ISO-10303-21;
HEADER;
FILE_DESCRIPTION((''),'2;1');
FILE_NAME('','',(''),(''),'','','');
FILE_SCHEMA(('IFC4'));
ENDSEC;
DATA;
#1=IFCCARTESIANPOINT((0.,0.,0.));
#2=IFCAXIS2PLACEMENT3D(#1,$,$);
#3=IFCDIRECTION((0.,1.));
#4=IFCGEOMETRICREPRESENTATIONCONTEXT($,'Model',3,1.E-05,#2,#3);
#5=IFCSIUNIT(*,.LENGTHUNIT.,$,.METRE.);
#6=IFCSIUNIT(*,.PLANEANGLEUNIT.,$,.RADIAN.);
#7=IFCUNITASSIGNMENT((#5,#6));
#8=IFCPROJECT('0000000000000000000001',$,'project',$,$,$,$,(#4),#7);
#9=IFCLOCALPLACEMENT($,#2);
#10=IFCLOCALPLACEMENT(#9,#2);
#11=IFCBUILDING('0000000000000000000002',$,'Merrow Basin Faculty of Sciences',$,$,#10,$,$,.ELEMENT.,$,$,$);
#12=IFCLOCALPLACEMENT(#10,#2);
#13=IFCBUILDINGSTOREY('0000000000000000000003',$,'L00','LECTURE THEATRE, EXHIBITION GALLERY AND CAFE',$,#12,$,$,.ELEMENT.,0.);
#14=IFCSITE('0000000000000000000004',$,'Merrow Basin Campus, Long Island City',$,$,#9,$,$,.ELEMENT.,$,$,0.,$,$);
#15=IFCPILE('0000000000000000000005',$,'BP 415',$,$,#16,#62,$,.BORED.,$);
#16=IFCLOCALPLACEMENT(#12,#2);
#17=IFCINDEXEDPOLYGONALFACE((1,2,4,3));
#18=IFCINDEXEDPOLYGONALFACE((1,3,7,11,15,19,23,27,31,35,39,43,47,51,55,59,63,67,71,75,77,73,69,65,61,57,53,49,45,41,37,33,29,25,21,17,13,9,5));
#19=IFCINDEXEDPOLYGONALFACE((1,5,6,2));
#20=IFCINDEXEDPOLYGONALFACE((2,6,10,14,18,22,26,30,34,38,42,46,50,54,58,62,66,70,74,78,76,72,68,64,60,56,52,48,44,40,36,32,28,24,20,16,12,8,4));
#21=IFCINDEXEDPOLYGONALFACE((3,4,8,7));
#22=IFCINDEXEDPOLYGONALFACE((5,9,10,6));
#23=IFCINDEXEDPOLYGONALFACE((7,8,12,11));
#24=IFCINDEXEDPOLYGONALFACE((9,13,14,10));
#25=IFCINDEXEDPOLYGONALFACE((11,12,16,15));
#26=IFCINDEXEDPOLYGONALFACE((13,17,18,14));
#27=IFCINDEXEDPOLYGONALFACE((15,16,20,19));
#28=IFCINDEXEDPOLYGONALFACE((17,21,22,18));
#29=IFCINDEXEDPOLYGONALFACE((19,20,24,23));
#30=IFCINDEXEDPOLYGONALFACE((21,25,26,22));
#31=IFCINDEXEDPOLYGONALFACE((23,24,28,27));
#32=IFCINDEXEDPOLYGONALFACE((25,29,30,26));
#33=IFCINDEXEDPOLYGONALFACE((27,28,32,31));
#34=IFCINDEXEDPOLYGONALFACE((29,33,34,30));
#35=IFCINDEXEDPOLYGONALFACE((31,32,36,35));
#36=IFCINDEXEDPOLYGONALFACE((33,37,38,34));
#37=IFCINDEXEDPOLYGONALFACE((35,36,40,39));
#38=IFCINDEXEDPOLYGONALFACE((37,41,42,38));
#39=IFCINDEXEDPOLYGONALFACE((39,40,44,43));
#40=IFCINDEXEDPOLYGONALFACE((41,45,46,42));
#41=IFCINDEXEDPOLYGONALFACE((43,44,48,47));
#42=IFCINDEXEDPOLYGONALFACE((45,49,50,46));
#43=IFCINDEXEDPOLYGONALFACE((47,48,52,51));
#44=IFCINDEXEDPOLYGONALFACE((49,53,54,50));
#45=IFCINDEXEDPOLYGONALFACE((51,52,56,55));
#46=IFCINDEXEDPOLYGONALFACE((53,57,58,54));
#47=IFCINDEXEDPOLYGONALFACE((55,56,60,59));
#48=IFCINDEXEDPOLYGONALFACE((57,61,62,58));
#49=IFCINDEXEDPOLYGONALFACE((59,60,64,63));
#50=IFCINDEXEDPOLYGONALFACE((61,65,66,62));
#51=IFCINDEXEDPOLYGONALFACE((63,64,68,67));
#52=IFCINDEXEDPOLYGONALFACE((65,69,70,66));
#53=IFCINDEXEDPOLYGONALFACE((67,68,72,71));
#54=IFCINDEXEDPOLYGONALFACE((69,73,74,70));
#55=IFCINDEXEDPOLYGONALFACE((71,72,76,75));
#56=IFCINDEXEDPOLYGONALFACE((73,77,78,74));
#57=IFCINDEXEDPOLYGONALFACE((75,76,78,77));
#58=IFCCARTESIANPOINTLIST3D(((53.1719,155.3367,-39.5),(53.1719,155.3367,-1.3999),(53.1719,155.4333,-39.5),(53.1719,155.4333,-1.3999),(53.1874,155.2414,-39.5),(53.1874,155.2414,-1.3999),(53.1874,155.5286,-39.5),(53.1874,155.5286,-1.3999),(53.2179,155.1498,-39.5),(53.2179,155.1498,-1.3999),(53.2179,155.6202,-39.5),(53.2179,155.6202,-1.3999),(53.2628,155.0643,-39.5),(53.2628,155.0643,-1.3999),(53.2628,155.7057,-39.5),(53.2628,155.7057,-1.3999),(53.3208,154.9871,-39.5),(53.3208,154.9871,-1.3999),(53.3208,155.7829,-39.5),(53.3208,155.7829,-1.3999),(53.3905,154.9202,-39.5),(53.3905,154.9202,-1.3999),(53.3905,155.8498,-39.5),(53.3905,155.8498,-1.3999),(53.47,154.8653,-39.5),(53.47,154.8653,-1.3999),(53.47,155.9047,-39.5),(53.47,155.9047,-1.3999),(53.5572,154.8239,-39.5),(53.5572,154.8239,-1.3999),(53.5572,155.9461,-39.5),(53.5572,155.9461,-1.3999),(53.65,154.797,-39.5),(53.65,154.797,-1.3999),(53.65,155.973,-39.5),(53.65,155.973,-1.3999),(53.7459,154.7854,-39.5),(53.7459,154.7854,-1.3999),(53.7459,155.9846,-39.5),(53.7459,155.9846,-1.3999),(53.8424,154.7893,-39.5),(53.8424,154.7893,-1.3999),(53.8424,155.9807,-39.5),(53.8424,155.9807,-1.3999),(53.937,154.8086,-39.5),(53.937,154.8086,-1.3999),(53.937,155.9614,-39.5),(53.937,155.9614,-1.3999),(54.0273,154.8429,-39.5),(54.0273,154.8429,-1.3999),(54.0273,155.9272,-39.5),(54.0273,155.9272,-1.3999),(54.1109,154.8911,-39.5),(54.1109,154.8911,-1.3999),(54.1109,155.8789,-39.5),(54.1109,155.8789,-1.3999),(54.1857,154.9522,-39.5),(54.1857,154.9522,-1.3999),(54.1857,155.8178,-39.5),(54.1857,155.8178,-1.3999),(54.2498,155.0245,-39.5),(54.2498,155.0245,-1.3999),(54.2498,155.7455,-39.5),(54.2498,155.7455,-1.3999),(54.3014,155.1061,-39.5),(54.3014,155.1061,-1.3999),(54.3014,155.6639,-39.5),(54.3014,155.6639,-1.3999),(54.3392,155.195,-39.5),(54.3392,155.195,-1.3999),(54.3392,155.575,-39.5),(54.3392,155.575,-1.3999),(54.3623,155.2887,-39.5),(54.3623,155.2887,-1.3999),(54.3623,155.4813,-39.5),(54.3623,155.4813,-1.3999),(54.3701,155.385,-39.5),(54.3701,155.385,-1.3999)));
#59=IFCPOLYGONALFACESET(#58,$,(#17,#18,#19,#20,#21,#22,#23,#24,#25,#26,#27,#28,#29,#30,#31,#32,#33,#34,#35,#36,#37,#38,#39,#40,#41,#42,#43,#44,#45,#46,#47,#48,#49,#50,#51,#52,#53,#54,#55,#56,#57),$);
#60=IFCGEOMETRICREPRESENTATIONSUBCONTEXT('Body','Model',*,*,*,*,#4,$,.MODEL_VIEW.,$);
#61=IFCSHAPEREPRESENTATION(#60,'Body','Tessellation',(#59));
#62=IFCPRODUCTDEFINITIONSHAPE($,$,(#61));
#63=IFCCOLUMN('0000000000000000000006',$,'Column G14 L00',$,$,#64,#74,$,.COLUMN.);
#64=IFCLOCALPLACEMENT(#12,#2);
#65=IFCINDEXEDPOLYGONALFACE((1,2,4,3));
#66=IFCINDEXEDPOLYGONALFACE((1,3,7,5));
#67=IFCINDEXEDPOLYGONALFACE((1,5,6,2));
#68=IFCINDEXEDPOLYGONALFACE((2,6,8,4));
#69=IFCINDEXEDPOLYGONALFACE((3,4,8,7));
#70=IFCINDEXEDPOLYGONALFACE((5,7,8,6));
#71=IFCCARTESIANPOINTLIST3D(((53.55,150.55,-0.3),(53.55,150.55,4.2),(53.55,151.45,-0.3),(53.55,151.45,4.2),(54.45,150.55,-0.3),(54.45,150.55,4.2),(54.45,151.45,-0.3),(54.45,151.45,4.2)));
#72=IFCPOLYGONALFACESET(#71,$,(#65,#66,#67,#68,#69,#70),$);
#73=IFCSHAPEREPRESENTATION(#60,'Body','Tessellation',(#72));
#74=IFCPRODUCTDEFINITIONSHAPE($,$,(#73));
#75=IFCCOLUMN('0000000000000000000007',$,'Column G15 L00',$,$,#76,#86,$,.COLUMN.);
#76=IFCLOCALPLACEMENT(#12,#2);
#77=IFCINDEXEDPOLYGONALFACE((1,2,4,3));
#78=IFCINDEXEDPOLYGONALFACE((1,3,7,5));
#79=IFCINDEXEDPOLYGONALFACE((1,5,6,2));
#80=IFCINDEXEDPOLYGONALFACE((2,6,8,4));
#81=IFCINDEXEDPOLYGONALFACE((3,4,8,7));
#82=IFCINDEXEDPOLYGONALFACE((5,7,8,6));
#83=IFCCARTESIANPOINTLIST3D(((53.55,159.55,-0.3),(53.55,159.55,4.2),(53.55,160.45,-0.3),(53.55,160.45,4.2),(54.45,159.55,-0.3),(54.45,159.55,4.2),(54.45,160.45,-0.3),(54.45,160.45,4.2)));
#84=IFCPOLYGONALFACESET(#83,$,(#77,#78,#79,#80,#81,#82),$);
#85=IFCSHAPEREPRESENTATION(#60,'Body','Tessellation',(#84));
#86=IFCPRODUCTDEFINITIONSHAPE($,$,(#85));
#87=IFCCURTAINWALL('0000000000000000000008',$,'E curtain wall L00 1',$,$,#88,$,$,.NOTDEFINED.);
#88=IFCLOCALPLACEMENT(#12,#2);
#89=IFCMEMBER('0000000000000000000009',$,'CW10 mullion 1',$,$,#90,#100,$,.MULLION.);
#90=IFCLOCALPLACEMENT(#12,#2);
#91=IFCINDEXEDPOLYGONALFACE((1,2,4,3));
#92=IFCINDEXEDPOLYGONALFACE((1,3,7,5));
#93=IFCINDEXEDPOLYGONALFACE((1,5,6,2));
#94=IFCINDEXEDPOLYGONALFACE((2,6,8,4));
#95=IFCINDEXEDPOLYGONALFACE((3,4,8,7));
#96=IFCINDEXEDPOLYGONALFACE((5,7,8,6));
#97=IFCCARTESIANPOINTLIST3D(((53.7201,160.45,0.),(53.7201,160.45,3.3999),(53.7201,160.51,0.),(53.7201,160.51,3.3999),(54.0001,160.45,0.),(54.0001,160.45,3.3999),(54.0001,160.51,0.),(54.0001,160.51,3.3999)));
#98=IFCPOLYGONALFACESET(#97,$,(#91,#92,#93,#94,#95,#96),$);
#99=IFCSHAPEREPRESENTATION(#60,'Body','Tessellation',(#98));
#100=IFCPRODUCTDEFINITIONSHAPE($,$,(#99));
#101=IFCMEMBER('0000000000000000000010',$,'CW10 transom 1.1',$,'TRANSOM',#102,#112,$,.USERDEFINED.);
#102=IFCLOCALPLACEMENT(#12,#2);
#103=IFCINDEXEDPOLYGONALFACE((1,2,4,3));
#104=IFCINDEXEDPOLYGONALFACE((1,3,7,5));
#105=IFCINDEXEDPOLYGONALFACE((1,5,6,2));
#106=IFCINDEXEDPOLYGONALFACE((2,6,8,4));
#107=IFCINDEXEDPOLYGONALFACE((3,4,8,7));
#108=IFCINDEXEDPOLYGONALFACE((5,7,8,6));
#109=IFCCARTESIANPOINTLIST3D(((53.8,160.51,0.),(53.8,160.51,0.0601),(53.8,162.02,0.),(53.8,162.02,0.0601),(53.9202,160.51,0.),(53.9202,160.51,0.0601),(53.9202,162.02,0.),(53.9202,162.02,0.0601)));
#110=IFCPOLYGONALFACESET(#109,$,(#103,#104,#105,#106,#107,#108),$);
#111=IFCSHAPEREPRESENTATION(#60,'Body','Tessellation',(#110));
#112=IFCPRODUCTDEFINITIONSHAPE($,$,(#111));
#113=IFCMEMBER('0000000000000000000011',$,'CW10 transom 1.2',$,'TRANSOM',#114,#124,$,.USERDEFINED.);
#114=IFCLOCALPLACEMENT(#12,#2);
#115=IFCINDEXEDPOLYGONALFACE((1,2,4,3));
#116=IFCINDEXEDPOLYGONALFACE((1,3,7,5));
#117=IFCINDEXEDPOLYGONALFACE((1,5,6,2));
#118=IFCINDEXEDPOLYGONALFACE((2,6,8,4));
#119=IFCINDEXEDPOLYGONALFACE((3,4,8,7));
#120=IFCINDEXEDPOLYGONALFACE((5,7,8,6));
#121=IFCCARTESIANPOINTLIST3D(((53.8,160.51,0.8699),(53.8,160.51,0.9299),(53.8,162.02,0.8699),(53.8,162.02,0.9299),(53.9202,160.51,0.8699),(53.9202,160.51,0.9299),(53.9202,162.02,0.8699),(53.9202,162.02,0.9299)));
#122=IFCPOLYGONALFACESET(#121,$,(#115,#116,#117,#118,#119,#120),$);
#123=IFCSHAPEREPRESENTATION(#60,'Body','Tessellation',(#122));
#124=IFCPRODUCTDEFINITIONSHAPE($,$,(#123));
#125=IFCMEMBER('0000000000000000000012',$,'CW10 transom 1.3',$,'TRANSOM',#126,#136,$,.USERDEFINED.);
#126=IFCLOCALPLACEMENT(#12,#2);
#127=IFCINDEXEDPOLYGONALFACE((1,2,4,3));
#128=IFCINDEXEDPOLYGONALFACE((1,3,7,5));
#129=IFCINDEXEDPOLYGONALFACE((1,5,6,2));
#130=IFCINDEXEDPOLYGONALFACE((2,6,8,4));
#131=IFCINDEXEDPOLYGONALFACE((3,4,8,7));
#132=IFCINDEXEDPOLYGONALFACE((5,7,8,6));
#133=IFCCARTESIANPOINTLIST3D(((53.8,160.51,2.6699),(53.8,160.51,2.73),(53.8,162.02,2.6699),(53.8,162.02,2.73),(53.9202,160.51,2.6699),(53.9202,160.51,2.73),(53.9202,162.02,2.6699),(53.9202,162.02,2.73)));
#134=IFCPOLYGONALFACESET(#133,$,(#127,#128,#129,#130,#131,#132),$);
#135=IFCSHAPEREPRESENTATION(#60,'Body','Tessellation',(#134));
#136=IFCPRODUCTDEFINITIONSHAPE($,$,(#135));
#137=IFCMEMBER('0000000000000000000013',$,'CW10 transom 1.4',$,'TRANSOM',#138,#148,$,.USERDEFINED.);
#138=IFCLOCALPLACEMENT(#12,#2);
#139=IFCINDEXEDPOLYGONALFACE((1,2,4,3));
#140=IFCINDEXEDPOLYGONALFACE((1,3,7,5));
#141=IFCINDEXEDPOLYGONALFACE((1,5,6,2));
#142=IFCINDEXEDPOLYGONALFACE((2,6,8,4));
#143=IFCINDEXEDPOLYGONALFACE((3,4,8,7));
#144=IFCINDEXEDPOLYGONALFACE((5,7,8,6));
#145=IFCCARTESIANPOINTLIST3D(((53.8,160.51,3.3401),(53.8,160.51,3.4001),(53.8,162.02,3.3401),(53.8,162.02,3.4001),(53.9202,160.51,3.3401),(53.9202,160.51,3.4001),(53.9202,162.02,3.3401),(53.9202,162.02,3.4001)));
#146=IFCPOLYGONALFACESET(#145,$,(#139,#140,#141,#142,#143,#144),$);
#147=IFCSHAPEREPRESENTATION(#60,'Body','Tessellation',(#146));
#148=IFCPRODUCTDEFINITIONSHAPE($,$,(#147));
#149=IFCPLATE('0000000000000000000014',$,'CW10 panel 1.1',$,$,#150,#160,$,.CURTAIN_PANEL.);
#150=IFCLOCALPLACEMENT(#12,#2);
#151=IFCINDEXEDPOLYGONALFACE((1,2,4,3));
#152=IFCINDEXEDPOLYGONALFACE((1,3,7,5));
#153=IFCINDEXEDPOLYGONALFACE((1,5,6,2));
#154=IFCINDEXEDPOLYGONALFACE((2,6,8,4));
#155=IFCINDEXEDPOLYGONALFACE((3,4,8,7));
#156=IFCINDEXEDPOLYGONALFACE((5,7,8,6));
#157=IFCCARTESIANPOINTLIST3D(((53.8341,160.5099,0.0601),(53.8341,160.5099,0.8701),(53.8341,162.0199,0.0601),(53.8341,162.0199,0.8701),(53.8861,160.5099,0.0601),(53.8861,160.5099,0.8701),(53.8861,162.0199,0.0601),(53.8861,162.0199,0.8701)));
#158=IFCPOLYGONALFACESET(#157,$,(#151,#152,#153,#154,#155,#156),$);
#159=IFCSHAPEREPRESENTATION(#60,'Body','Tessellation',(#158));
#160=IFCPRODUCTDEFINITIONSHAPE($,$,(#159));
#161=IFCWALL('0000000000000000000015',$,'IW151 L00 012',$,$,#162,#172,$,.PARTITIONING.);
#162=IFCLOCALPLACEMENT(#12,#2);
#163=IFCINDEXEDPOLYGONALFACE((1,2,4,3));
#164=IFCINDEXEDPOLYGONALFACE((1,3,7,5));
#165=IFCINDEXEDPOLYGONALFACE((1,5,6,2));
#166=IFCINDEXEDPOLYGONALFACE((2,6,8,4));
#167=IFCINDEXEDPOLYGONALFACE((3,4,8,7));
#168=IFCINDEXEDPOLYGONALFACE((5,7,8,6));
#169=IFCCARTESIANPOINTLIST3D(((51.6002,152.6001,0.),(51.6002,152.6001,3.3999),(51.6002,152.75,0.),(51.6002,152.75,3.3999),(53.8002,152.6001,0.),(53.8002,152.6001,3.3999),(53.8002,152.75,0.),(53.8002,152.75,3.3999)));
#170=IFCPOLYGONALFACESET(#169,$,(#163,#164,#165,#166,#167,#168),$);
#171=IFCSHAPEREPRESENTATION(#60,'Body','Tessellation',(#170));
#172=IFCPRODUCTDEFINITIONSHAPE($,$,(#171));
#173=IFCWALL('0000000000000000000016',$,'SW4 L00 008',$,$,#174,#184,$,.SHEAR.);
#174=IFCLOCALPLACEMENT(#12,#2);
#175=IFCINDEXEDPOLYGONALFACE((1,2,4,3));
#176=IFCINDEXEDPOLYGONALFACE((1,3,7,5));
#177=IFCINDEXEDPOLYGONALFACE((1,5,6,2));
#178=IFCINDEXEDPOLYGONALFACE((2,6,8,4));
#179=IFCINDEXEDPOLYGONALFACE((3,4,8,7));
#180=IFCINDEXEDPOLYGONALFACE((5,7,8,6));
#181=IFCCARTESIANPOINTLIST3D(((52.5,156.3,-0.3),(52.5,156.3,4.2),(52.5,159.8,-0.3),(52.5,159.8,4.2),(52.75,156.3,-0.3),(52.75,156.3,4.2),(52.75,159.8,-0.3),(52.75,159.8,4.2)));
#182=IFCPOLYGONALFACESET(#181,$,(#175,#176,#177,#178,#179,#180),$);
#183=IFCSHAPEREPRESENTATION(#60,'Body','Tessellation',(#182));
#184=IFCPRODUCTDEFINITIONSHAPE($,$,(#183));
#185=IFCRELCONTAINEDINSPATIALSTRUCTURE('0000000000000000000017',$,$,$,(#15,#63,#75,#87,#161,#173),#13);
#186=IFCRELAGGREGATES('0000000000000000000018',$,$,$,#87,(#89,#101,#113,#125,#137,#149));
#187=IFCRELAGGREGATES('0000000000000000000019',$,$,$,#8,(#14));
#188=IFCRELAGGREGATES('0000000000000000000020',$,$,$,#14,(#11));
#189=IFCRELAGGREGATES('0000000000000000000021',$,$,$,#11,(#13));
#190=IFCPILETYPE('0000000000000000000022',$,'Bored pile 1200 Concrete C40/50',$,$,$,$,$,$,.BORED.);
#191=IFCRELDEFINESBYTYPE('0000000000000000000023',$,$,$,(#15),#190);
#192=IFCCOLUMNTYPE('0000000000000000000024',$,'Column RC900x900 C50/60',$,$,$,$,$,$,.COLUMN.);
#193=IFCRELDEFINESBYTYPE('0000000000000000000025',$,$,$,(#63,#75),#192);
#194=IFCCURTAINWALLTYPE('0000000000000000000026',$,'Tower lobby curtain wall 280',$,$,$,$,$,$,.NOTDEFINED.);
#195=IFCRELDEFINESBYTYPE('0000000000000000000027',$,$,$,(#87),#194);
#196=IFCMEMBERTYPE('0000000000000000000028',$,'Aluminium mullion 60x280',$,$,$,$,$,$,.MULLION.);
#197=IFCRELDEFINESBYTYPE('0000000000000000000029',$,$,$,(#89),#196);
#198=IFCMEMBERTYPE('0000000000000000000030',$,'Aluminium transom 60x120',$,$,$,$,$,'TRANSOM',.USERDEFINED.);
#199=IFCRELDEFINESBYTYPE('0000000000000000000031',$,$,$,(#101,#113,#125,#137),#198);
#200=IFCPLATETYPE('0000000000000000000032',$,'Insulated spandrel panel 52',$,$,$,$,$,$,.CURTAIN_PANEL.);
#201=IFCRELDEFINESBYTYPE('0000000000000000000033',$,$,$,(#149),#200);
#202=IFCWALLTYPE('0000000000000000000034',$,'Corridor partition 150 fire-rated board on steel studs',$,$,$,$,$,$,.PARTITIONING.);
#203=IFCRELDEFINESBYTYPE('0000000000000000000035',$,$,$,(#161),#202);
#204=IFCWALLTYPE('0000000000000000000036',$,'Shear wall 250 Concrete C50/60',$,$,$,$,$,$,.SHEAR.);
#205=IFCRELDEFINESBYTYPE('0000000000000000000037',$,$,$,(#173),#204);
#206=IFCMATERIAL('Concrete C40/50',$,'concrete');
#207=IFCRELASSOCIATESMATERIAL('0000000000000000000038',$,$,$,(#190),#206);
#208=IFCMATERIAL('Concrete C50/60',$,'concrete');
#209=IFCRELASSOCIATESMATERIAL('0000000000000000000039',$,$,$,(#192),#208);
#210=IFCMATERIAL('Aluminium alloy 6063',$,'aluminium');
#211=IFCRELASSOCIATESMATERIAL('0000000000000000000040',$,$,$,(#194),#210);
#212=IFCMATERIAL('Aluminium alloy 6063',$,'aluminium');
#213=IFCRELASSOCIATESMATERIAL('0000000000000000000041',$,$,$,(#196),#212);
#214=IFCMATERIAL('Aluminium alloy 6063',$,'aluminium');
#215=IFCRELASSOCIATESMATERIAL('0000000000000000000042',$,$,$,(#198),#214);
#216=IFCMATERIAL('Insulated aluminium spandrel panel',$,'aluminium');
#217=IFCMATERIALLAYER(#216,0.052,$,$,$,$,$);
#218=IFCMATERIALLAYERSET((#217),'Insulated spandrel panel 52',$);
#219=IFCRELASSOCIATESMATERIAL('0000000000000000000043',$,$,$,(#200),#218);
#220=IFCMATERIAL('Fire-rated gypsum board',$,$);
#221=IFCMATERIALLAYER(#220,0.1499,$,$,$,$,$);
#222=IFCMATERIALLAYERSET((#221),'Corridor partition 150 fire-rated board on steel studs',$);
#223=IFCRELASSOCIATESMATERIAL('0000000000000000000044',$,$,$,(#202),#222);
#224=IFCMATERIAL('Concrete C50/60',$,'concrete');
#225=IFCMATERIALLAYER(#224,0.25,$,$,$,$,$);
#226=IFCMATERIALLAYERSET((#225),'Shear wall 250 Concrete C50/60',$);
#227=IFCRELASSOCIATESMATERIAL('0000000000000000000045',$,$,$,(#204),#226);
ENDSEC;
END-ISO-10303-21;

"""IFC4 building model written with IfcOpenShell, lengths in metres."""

from ifc_helpers import new_model, si_unit, direction, frame, frame_2d, origin, origin_2d, place, context, subcontext, project, spatial, rectangle, circle, extrude, material, layer, layer_set, material_profile, profile_set, type_object, element, aggregate, save


model = new_model("IFC4")

# Units and contexts
model_context = context("Model", 3, precision=1e-05, world=origin(), true_north=direction((0.0, 1.0)))
body_context = subcontext(model_context, "Body", "Model", "MODEL_VIEW")
ifc_project = project(units=[si_unit("LENGTHUNIT", "METRE"), si_unit("PLANEANGLEUNIT", "RADIAN")], contexts=[model_context])

# Site, building, storey
site_placement = place(None, origin())
site = spatial("IfcSite", under=ifc_project, at=site_placement, Name="Merrow Basin Campus, Long Island City", CompositionType="ELEMENT", RefElevation=0.0)
building_placement = place(site_placement, origin())
building = spatial("IfcBuilding", under=site, at=building_placement, Name="Merrow Basin Faculty of Sciences", CompositionType="ELEMENT")
storey_placement = place(building_placement, origin())
storey = spatial("IfcBuildingStorey", under=building, at=storey_placement, Name="L00", Description="LECTURE THEATRE, EXHIBITION GALLERY AND CAFE", CompositionType="ELEMENT", Elevation=0.0)

# Pile
ifc_material_1 = material(Name="Concrete C40/50", Category="concrete")
ifc_material_profile_1 = material_profile(ifc_material_1, circle(Radius=0.6001, at=origin_2d()))
ifc_profile_set_1 = profile_set([ifc_material_profile_1], Name="Concrete C40/50")
pile_type_1 = type_object("IfcPileType", Name="Bored pile 1200 Concrete C40/50", PredefinedType="BORED", material=ifc_profile_set_1)
pile_placement = place(storey_placement, frame((53.77, 155.385, -1.3999), z_axis=(0.0, 0.0, -1.0), x_axis=(1.0, 0.0, 0.0)))
element("IfcPile", 1, at=pile_placement, inside=storey, type_object=pile_type_1, Name="BP 415", PredefinedType="BORED", context=body_context, shape_type="SweptSolid", body=[
    extrude(circle(Radius=0.6001, at=origin_2d()), origin(), (0.0, 0.0, 1.0), 38.1001),
])

# Columns
ifc_material_2 = material(Name="Concrete C50/60", Category="concrete")
ifc_material_profile_2 = material_profile(ifc_material_2, rectangle(XDim=0.8999, YDim=0.8999, at=origin_2d()))
ifc_profile_set_2 = profile_set([ifc_material_profile_2], Name="Concrete C50/60")
column_type = type_object("IfcColumnType", Name="Column RC900x900 C50/60", PredefinedType="COLUMN", material=ifc_profile_set_2)
for number, where, z_axis, x_axis, name in (
    (2, (54.0, 151.0, -0.3), (0.0, 0.0, 1.0), (1.0, 0.0, 0.0), "Column G14 L00"),
    (3, (54.0, 160.0, -0.3), (0.0, 0.0, 1.0), (1.0, 0.0, 0.0), "Column G15 L00"),
):
    element("IfcColumn", number, at=place(storey_placement, frame(where, z_axis=z_axis, x_axis=x_axis)), inside=storey, type_object=column_type, Name=name, PredefinedType="COLUMN", context=body_context, shape_type="SweptSolid", body=[
        extrude(rectangle(XDim=0.8999, YDim=0.8999, at=origin_2d()), origin(), (0.0, 0.0, 1.0), 4.5),
    ])

# Curtain wall, members, plate
ifc_material_3 = material(Name="Aluminium alloy 6063", Category="aluminium")
curtain_wall_type = type_object("IfcCurtainWallType", Name="Tower lobby curtain wall 280", PredefinedType="NOTDEFINED", material=ifc_material_3)
curtain_wall_placement = place(storey_placement, origin())
curtain_wall = element("IfcCurtainWall", 4, at=curtain_wall_placement, inside=storey, type_object=curtain_wall_type, Name="E curtain wall L00 1", PredefinedType="NOTDEFINED")
ifc_material_4 = material(Name="Aluminium alloy 6063", Category="aluminium")
ifc_material_profile_3 = material_profile(ifc_material_4, rectangle(XDim=0.28, YDim=0.0601, at=origin_2d()))
ifc_profile_set_3 = profile_set([ifc_material_profile_3], Name="Aluminium alloy 6063")
member_type_1 = type_object("IfcMemberType", Name="Aluminium mullion 60x280", PredefinedType="MULLION", material=ifc_profile_set_3)
member_1_placement = place(storey_placement, frame((53.8601, 160.48, 0.0), z_axis=(0.0, 0.0, 1.0), x_axis=(-1.0, 0.0, 0.0)))
member_1 = element("IfcMember", 5, at=member_1_placement, type_object=member_type_1, Name="CW10 mullion 1", PredefinedType="MULLION", context=body_context, shape_type="SweptSolid", body=[
    extrude(rectangle(XDim=0.28, YDim=0.0601, at=origin_2d()), origin(), (0.0, 0.0, 1.0), 3.3999),
])
ifc_material_5 = material(Name="Aluminium alloy 6063", Category="aluminium")
ifc_material_profile_4 = material_profile(ifc_material_5, rectangle(XDim=0.1201, YDim=0.0601, at=origin_2d()))
ifc_profile_set_4 = profile_set([ifc_material_profile_4], Name="Aluminium alloy 6063")
member_type_2 = type_object("IfcMemberType", Name="Aluminium transom 60x120", ElementType="TRANSOM", PredefinedType="USERDEFINED", material=ifc_profile_set_4)
member_2_placement = place(storey_placement, frame((53.8601, 160.51, 0.03), z_axis=(0.0, 1.0, 0.0), x_axis=(-1.0, 0.0, 0.0)))
member_2 = element("IfcMember", 6, at=member_2_placement, type_object=member_type_2, Name="CW10 transom 1.1", ObjectType="TRANSOM", PredefinedType="USERDEFINED", context=body_context, shape_type="SweptSolid", body=[
    extrude(rectangle(XDim=0.1201, YDim=0.0601, at=origin_2d()), origin(), (0.0, 0.0, 1.0), 1.51),
])
member_3_placement = place(storey_placement, frame((53.8601, 160.51, 0.8999), z_axis=(0.0, 1.0, 0.0), x_axis=(-1.0, 0.0, 0.0)))
member_3 = element("IfcMember", 7, at=member_3_placement, type_object=member_type_2, Name="CW10 transom 1.2", ObjectType="TRANSOM", PredefinedType="USERDEFINED", context=body_context, shape_type="SweptSolid", body=[
    extrude(rectangle(XDim=0.1201, YDim=0.0601, at=origin_2d()), origin(), (0.0, 0.0, 1.0), 1.51),
])
member_4_placement = place(storey_placement, frame((53.8601, 160.51, 2.7), z_axis=(0.0, 1.0, 0.0), x_axis=(-1.0, 0.0, 0.0)))
member_4 = element("IfcMember", 8, at=member_4_placement, type_object=member_type_2, Name="CW10 transom 1.3", ObjectType="TRANSOM", PredefinedType="USERDEFINED", context=body_context, shape_type="SweptSolid", body=[
    extrude(rectangle(XDim=0.1201, YDim=0.0601, at=origin_2d()), origin(), (0.0, 0.0, 1.0), 1.51),
])
member_5_placement = place(storey_placement, frame((53.8601, 160.51, 3.3701), z_axis=(0.0, 1.0, 0.0), x_axis=(-1.0, 0.0, 0.0)))
member_5 = element("IfcMember", 9, at=member_5_placement, type_object=member_type_2, Name="CW10 transom 1.4", ObjectType="TRANSOM", PredefinedType="USERDEFINED", context=body_context, shape_type="SweptSolid", body=[
    extrude(rectangle(XDim=0.1201, YDim=0.0601, at=origin_2d()), origin(), (0.0, 0.0, 1.0), 1.51),
])
ifc_material_6 = material(Name="Insulated aluminium spandrel panel", Category="aluminium")
ifc_layer_1 = layer(ifc_material_6, 0.052)
ifc_layer_set_1 = layer_set([ifc_layer_1], Name="Insulated spandrel panel 52")
plate_type = type_object("IfcPlateType", Name="Insulated spandrel panel 52", PredefinedType="CURTAIN_PANEL", material=ifc_layer_set_1)
plate_placement = place(storey_placement, frame((53.8601, 161.2649, 0.0601), z_axis=(0.0, 0.0, 1.0), x_axis=(0.0, 1.0, 0.0)))
plate = element("IfcPlate", 10, at=plate_placement, type_object=plate_type, Name="CW10 panel 1.1", PredefinedType="CURTAIN_PANEL", context=body_context, shape_type="SweptSolid", body=[
    extrude(rectangle(XDim=1.51, YDim=0.052, at=origin_2d()), origin(), (0.0, 0.0, 1.0), 0.8101),
])
aggregate(curtain_wall, [member_1, member_2, member_3, member_4, member_5, plate])

# Walls
ifc_material_7 = material(Name="Fire-rated gypsum board")
ifc_layer_2 = layer(ifc_material_7, 0.1499)
ifc_layer_set_2 = layer_set([ifc_layer_2], Name="Corridor partition 150 fire-rated board on steel studs")
wall_type_1 = type_object("IfcWallType", Name="Corridor partition 150 fire-rated board on steel studs", PredefinedType="PARTITIONING", material=ifc_layer_set_2)
wall_1_placement = place(storey_placement, frame((51.6001, 152.675, 0.0), z_axis=(0.0, 0.0, 1.0), x_axis=(1.0, 0.0, 0.0)))
element("IfcWall", 11, at=wall_1_placement, inside=storey, type_object=wall_type_1, Name="IW151 L00 012", PredefinedType="PARTITIONING", context=body_context, shape_type="SweptSolid", body=[
    extrude(rectangle(XDim=2.2, YDim=0.1499, at=frame_2d((1.1001, 0.0))), origin(), (0.0, 0.0, 1.0), 3.3999),
])
ifc_material_8 = material(Name="Concrete C50/60", Category="concrete")
ifc_layer_3 = layer(ifc_material_8, 0.25)
ifc_layer_set_3 = layer_set([ifc_layer_3], Name="Shear wall 250 Concrete C50/60")
wall_type_2 = type_object("IfcWallType", Name="Shear wall 250 Concrete C50/60", PredefinedType="SHEAR", material=ifc_layer_set_3)
wall_2_placement = place(storey_placement, frame((52.625, 156.3, -0.3), z_axis=(0.0, 0.0, 1.0), x_axis=(0.0, 1.0, 0.0)))
element("IfcWall", 12, at=wall_2_placement, inside=storey, type_object=wall_type_2, Name="SW4 L00 008", PredefinedType="SHEAR", context=body_context, shape_type="SweptSolid", body=[
    extrude(rectangle(XDim=3.5, YDim=0.25, at=frame_2d((1.75, 0.0))), origin(), (0.0, 0.0, 1.0), 4.5),
])

save(model, "model.ifc")
